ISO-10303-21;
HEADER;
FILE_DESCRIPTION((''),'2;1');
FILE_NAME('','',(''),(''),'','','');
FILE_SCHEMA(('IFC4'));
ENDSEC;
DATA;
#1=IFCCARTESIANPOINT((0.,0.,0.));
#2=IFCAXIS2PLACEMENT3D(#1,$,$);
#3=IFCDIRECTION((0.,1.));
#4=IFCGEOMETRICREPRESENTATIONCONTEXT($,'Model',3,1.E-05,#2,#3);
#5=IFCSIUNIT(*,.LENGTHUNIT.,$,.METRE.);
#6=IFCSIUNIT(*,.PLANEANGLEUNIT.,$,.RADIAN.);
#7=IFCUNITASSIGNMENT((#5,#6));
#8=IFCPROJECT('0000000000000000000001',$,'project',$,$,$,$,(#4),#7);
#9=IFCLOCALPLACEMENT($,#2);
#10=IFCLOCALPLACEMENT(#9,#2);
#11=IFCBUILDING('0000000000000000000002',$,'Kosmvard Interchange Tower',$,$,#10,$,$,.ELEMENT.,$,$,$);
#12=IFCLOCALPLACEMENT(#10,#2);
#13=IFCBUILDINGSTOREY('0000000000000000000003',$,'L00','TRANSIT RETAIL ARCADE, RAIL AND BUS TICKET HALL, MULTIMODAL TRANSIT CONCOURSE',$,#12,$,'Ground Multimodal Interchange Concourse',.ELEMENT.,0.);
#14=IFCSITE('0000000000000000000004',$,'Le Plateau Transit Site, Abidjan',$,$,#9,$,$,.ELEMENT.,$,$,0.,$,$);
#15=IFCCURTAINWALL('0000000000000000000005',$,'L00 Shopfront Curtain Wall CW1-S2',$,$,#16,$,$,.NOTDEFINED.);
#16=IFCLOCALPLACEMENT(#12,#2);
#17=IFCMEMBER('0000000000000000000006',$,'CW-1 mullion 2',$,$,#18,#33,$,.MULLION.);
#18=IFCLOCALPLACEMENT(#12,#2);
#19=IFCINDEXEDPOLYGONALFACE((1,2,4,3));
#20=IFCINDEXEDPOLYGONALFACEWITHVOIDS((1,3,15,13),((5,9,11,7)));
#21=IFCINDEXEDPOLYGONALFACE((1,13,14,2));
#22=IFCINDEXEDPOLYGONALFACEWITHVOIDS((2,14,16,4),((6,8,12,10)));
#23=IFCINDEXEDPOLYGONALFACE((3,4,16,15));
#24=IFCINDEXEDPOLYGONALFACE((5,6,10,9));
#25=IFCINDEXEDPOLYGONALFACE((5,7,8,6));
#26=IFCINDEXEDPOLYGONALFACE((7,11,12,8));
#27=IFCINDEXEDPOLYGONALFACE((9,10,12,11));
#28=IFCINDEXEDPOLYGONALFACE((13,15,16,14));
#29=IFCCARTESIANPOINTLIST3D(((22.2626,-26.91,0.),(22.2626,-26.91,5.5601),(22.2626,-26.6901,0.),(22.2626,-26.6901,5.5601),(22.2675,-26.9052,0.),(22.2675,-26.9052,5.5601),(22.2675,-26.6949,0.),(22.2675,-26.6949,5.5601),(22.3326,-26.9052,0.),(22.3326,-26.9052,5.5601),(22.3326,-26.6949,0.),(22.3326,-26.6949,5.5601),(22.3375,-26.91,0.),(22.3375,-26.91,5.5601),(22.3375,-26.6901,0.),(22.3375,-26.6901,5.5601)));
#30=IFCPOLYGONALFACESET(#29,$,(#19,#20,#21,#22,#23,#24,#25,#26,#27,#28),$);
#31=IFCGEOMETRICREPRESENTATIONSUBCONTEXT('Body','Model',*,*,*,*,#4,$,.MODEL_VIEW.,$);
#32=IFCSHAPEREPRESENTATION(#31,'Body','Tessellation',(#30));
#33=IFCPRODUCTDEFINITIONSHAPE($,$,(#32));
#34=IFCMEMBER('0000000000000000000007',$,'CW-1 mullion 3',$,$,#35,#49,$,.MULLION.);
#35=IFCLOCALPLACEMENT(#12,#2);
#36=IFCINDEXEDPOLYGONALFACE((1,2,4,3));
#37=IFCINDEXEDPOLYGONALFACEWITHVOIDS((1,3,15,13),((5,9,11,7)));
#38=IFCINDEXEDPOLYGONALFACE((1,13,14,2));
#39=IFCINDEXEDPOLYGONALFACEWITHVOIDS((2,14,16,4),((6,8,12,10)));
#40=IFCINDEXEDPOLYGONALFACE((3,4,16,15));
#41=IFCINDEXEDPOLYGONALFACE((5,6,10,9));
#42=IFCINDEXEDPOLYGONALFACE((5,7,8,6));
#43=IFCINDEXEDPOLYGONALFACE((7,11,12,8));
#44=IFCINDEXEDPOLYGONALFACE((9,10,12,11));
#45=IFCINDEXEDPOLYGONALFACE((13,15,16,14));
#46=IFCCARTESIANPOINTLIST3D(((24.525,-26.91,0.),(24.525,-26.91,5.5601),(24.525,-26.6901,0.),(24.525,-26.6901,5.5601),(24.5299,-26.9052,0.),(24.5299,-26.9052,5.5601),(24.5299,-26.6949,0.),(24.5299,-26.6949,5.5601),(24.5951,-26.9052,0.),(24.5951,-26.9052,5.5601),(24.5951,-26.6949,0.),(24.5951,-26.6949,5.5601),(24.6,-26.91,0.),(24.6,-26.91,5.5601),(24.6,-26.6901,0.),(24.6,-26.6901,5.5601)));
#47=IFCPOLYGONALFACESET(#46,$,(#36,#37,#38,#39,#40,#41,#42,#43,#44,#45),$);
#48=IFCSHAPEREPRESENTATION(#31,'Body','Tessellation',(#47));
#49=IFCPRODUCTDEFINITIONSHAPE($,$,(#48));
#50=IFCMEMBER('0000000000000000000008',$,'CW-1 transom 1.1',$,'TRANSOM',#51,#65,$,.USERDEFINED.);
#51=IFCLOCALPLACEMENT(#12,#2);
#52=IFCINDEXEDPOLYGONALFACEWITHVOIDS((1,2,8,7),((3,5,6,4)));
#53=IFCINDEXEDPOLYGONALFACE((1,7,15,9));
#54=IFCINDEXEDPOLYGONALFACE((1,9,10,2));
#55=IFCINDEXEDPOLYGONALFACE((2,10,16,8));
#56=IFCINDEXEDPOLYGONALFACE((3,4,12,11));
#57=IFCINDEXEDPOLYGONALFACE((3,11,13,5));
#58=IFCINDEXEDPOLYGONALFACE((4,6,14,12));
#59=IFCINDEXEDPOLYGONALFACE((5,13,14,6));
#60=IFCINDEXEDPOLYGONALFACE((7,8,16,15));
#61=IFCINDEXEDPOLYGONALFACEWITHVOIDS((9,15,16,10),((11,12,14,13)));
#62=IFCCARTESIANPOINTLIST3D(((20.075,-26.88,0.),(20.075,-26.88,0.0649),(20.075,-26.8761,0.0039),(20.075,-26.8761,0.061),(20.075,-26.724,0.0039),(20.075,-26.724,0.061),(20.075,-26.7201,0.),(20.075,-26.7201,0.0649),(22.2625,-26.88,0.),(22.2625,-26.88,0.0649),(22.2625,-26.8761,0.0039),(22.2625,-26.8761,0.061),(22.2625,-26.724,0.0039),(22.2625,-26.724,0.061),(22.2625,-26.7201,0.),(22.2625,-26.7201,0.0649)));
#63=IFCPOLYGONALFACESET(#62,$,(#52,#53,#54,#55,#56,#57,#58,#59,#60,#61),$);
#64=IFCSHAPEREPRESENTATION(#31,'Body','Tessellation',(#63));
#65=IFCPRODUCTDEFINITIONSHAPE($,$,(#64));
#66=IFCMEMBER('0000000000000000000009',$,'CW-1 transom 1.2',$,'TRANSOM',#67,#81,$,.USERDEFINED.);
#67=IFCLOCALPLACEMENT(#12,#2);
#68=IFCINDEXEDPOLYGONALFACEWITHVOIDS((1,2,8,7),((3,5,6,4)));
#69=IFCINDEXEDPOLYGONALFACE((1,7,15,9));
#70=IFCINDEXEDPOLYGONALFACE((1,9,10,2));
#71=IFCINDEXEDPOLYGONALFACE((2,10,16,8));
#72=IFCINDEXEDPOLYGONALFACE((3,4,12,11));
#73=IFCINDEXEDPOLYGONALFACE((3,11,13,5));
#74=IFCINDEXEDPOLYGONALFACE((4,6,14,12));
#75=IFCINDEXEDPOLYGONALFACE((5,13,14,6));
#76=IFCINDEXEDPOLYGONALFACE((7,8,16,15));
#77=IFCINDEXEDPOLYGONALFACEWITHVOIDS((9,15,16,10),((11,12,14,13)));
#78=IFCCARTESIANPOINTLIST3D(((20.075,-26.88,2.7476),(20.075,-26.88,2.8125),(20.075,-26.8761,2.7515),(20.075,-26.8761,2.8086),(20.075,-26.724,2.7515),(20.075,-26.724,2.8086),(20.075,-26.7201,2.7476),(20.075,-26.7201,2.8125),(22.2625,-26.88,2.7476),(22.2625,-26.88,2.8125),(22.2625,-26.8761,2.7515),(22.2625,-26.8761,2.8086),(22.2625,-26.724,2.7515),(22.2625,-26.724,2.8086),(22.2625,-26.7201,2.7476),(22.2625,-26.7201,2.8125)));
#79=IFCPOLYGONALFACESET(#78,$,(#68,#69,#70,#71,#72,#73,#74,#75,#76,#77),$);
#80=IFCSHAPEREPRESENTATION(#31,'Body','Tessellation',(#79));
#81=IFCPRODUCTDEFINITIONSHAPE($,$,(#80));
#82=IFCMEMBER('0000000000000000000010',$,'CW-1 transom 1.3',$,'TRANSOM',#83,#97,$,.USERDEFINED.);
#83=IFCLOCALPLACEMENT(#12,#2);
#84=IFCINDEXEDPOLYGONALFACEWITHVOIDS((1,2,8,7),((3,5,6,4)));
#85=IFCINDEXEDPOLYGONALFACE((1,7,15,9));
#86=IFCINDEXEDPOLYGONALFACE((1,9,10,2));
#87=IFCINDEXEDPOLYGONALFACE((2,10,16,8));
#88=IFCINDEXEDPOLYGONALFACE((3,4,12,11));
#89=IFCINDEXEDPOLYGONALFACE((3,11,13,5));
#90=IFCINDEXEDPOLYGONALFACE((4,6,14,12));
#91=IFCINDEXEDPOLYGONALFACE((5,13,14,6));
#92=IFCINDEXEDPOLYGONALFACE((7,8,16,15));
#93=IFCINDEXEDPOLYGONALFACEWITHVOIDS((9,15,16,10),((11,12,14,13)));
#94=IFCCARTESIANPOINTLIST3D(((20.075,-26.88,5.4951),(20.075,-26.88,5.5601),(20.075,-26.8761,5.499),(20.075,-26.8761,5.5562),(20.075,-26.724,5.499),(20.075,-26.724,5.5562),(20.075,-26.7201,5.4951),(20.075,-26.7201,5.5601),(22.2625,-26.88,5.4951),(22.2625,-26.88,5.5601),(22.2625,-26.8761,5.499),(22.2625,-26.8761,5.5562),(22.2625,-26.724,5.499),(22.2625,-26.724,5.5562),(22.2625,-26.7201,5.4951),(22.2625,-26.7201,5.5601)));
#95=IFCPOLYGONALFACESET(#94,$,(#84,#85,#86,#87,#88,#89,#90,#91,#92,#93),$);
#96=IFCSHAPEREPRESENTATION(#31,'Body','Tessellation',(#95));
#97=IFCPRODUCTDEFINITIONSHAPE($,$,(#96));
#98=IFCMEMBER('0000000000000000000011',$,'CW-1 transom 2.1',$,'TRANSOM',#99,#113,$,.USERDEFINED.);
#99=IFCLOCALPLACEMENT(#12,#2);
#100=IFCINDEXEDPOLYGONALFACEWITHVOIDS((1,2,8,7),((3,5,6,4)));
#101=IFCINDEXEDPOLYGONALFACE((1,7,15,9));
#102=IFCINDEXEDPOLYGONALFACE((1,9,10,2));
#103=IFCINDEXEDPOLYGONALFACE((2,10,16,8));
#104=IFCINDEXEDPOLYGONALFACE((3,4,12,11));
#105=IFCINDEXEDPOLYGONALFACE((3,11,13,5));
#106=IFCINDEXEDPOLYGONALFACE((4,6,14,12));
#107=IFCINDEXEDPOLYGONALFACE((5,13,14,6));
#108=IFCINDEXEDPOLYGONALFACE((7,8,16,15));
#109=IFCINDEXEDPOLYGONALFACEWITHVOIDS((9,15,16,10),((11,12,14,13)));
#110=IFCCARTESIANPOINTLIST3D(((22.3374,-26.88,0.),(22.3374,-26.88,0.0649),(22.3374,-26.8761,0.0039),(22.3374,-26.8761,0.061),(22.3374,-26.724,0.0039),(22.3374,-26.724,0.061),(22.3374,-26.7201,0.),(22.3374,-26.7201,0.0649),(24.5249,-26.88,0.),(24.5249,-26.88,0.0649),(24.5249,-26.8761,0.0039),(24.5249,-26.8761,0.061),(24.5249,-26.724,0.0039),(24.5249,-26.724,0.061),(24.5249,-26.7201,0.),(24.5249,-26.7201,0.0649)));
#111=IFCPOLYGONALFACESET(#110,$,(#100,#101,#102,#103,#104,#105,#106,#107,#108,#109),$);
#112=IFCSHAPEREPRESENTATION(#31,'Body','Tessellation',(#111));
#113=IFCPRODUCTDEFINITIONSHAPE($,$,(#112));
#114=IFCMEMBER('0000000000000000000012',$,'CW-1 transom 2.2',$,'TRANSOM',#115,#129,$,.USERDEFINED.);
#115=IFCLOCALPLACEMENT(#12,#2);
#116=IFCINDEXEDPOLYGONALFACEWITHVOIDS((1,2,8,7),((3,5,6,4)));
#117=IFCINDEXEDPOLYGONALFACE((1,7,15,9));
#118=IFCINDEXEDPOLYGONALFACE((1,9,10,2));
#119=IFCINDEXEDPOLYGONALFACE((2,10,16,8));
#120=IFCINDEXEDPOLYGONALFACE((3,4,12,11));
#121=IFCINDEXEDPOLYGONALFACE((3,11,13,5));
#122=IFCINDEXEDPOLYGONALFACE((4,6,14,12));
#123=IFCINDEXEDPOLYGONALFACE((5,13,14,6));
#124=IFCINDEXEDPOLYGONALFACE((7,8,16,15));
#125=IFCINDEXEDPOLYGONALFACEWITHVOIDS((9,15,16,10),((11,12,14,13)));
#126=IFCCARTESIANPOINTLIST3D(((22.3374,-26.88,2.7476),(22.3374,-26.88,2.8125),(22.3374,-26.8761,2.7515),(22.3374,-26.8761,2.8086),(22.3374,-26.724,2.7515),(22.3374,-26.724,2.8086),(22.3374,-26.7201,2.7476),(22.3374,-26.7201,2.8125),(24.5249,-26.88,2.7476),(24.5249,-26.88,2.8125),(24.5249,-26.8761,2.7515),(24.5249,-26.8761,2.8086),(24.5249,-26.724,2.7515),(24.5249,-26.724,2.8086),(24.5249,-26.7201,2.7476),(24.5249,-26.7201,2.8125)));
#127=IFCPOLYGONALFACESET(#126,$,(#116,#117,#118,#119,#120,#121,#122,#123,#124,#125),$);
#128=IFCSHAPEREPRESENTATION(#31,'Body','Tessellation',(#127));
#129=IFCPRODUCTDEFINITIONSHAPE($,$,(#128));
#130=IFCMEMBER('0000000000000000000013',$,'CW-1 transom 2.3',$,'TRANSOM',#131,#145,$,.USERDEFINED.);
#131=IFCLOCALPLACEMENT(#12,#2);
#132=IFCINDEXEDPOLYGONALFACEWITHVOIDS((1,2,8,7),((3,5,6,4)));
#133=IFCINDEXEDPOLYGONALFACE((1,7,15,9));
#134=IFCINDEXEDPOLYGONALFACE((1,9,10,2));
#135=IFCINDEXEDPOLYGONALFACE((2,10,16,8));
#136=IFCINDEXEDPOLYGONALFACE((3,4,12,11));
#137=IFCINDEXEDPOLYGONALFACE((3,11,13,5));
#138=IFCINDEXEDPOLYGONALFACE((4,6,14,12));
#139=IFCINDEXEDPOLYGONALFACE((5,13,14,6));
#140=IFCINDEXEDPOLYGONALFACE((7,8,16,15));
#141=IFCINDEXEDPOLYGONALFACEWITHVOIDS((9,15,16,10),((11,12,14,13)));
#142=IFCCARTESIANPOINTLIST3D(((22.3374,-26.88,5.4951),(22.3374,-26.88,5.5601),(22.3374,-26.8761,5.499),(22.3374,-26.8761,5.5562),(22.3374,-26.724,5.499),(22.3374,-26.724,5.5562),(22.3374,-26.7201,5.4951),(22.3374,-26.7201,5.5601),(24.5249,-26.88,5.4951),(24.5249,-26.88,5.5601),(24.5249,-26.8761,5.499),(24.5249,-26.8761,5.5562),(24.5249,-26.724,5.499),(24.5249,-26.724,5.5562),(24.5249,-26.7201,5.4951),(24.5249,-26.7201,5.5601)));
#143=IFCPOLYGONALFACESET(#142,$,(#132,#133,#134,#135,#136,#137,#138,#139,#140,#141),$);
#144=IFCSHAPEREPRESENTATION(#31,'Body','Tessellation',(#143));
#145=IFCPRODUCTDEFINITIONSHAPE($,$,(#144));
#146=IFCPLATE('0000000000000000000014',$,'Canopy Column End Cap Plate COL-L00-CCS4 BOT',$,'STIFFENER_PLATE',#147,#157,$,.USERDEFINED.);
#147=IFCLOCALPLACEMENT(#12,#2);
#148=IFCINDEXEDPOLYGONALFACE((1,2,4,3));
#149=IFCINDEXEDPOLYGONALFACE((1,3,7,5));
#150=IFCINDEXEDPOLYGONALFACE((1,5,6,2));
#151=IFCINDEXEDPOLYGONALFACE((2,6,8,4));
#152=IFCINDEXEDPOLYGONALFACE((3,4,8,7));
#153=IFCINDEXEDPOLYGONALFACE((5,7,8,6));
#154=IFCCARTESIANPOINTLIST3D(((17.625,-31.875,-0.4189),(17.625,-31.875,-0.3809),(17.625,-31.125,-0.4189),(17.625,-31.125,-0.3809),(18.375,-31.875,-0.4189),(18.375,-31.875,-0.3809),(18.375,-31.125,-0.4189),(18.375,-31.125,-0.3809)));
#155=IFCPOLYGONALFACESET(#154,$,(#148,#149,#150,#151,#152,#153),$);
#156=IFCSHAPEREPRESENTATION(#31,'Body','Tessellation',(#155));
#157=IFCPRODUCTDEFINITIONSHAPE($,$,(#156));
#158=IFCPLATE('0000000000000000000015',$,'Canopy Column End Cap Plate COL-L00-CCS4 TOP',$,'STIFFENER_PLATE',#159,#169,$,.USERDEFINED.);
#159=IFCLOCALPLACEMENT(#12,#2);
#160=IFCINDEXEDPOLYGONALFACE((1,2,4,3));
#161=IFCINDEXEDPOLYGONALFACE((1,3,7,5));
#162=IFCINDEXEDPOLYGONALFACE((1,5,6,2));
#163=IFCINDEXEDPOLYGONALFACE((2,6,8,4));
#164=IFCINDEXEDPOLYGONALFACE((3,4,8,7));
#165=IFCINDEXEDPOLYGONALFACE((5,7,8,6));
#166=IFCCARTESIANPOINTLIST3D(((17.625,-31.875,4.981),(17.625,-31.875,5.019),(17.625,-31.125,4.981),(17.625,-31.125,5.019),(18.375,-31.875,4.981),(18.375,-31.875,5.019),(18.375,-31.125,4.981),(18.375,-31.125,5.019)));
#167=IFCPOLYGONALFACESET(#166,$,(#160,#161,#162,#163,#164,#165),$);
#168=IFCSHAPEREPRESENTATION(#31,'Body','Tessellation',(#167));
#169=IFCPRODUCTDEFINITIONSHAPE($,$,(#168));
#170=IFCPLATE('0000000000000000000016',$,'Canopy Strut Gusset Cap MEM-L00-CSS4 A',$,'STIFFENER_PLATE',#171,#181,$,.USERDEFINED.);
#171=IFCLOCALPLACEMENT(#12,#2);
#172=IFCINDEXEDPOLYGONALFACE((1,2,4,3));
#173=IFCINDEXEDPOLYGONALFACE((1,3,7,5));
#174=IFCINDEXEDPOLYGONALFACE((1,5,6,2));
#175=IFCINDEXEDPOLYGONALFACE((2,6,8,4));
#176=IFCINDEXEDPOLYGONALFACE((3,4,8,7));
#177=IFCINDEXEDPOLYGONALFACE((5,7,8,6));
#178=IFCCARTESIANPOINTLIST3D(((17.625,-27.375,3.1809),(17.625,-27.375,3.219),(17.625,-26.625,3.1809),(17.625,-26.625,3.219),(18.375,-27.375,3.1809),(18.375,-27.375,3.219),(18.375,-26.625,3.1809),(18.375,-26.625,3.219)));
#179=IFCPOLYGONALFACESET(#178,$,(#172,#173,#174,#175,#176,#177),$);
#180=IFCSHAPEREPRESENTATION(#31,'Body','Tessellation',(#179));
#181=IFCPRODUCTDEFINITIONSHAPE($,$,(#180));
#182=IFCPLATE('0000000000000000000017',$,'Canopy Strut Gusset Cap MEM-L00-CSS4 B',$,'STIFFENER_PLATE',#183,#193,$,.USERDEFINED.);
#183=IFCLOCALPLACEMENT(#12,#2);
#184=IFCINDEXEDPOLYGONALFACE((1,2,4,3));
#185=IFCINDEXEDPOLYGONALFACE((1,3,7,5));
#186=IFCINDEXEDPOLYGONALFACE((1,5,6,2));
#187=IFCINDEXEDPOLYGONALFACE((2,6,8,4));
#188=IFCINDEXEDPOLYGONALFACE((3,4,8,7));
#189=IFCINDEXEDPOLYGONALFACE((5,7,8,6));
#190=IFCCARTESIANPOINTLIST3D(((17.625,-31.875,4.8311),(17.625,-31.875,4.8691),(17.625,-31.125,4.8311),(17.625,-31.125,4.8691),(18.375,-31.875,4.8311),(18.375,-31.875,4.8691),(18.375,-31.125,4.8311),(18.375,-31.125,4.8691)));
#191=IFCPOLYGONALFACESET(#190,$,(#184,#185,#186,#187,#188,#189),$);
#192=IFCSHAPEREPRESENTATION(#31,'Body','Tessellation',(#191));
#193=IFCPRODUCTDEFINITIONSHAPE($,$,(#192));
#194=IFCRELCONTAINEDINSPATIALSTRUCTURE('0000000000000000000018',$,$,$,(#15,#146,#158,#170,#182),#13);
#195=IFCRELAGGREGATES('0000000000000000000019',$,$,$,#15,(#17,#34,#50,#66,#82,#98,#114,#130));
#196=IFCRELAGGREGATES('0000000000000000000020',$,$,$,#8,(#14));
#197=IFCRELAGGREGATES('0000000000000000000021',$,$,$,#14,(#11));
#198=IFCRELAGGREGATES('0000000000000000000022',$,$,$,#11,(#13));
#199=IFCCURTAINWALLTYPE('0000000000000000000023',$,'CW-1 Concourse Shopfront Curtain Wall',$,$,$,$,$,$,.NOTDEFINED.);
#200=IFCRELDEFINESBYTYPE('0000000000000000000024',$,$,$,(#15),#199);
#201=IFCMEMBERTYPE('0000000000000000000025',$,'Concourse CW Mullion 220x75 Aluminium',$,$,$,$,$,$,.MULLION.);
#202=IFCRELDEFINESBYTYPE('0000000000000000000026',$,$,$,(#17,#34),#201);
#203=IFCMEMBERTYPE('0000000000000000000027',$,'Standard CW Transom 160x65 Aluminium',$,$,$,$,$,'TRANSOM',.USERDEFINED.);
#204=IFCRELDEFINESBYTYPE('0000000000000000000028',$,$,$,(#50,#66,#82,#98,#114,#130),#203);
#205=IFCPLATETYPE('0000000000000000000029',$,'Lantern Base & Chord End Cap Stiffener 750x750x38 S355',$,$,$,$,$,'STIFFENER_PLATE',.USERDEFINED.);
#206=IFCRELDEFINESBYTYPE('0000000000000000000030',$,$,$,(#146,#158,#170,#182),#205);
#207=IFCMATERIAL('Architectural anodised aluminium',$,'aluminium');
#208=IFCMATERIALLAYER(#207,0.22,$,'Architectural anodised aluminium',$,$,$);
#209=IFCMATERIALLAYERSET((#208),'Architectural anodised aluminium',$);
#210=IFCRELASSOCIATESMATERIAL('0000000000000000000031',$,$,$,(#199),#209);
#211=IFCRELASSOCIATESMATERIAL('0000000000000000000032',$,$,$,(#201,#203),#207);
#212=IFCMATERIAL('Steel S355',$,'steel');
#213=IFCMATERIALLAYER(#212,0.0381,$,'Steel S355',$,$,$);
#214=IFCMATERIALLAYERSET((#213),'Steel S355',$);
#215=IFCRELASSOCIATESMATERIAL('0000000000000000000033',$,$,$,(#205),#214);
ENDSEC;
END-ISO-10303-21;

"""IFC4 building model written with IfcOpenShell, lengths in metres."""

from ifc_helpers import new_model, si_unit, direction, frame, origin, origin_2d, place, context, subcontext, project, spatial, rectangle, hollow_rectangle, extrude, source, transform, mapped, material, layer, layer_set, material_profile, profile_set, type_object, element, aggregate, save


model = new_model("IFC4")

# Units and contexts
model_context = context("Model", 3, precision=1e-05, world=origin(), true_north=direction((0.0, 1.0)))
body_context = subcontext(model_context, "Body", "Model", "MODEL_VIEW")
ifc_project = project(units=[si_unit("LENGTHUNIT", "METRE"), si_unit("PLANEANGLEUNIT", "RADIAN")], contexts=[model_context])

# Site, building, storey
site_placement = place(None, origin())
site = spatial("IfcSite", under=ifc_project, at=site_placement, Name="Le Plateau Transit Site, Abidjan", CompositionType="ELEMENT", RefElevation=0.0)
building_placement = place(site_placement, origin())
building = spatial("IfcBuilding", under=site, at=building_placement, Name="Kosmvard Interchange Tower", CompositionType="ELEMENT")
storey_placement = place(building_placement, origin())
storey = spatial("IfcBuildingStorey", under=building, at=storey_placement, Name="L00", Description="TRANSIT RETAIL ARCADE, RAIL AND BUS TICKET HALL, MULTIMODAL TRANSIT CONCOURSE", LongName="Ground Multimodal Interchange Concourse", CompositionType="ELEMENT", Elevation=0.0)

# Shared definitions
ifc_material_1 = material(Name="Steel S355", Category="steel")

# Curtain wall, members
ifc_material_2 = material(Name="Architectural anodised aluminium", Category="aluminium")
ifc_layer_1 = layer(ifc_material_2, 0.22, Name="Architectural anodised aluminium")
ifc_layer_set_1 = layer_set([ifc_layer_1], Name="Architectural anodised aluminium")
curtain_wall_type = type_object("IfcCurtainWallType", Name="CW-1 Concourse Shopfront Curtain Wall", PredefinedType="NOTDEFINED", material=ifc_layer_set_1)
curtain_wall_placement = place(storey_placement, origin())
curtain_wall = element("IfcCurtainWall", 1, at=curtain_wall_placement, inside=storey, type_object=curtain_wall_type, Name="L00 Shopfront Curtain Wall CW1-S2", PredefinedType="NOTDEFINED")
ifc_material_profile_1 = material_profile(ifc_material_2, hollow_rectangle(XDim=0.22, YDim=0.075, WallThickness=0.0049, at=origin_2d()), Name="CWM 220x75x5")
ifc_profile_set_1 = profile_set([ifc_material_profile_1], Name="Architectural anodised aluminium")
member_type_1 = type_object("IfcMemberType", Name="Concourse CW Mullion 220x75 Aluminium", PredefinedType="MULLION", material=ifc_profile_set_1)
shared_shape_1 = source(origin(), body_context, "Body", "SweptSolid", [
    extrude(hollow_rectangle(XDim=0.22, YDim=0.075, WallThickness=0.0049, at=origin_2d()), origin(), (0.0, 0.0, 1.0), 5.5601),
])
member_1_placement = place(storey_placement, frame((22.3, -26.8, 0.0), z_axis=(0.0, 0.0, 1.0), x_axis=(0.0, 1.0, 0.0)))
member_1 = element("IfcMember", 2, at=member_1_placement, type_object=member_type_1, Name="CW-1 mullion 2", PredefinedType="MULLION", context=body_context, shape_type="MappedRepresentation", body=[
    mapped(shared_shape_1, transform((0.0, 0.0, 0.0), scale=1.0)),
])
member_2_placement = place(storey_placement, frame((24.5625, -26.8, 0.0), z_axis=(0.0, 0.0, 1.0), x_axis=(0.0, 1.0, 0.0)))
member_2 = element("IfcMember", 3, at=member_2_placement, type_object=member_type_1, Name="CW-1 mullion 3", PredefinedType="MULLION", context=body_context, shape_type="MappedRepresentation", body=[
    mapped(shared_shape_1, transform((0.0, 0.0, 0.0), scale=1.0)),
])
ifc_material_profile_2 = material_profile(ifc_material_2, hollow_rectangle(XDim=0.1599, YDim=0.0649, WallThickness=0.0039, at=origin_2d()), Name="CWT 160x65x4")
ifc_profile_set_2 = profile_set([ifc_material_profile_2], Name="Architectural anodised aluminium")
member_type_2 = type_object("IfcMemberType", Name="Standard CW Transom 160x65 Aluminium", ElementType="TRANSOM", PredefinedType="USERDEFINED", material=ifc_profile_set_2)
shared_shape_2 = source(origin(), body_context, "Body", "SweptSolid", [
    extrude(hollow_rectangle(XDim=0.1599, YDim=0.0649, WallThickness=0.0039, at=origin_2d()), origin(), (0.0, 0.0, 1.0), 2.1875),
])
member_3_placement = place(storey_placement, frame((20.075, -26.8, 0.0325), z_axis=(1.0, 0.0, 0.0), x_axis=(0.0, 1.0, 0.0)))
member_3 = element("IfcMember", 4, at=member_3_placement, type_object=member_type_2, Name="CW-1 transom 1.1", ObjectType="TRANSOM", PredefinedType="USERDEFINED", context=body_context, shape_type="MappedRepresentation", body=[
    mapped(shared_shape_2, transform((0.0, 0.0, 0.0), scale=1.0)),
])
member_4_placement = place(storey_placement, frame((20.075, -26.8, 2.78), z_axis=(1.0, 0.0, 0.0), x_axis=(0.0, 1.0, 0.0)))
member_4 = element("IfcMember", 5, at=member_4_placement, type_object=member_type_2, Name="CW-1 transom 1.2", ObjectType="TRANSOM", PredefinedType="USERDEFINED", context=body_context, shape_type="MappedRepresentation", body=[
    mapped(shared_shape_2, transform((0.0, 0.0, 0.0), scale=1.0)),
])
member_5_placement = place(storey_placement, frame((20.075, -26.8, 5.5276), z_axis=(1.0, 0.0, 0.0), x_axis=(0.0, 1.0, 0.0)))
member_5 = element("IfcMember", 6, at=member_5_placement, type_object=member_type_2, Name="CW-1 transom 1.3", ObjectType="TRANSOM", PredefinedType="USERDEFINED", context=body_context, shape_type="MappedRepresentation", body=[
    mapped(shared_shape_2, transform((0.0, 0.0, 0.0), scale=1.0)),
])
member_6_placement = place(storey_placement, frame((22.3374, -26.8, 0.0325), z_axis=(1.0, 0.0, 0.0), x_axis=(0.0, 1.0, 0.0)))
member_6 = element("IfcMember", 7, at=member_6_placement, type_object=member_type_2, Name="CW-1 transom 2.1", ObjectType="TRANSOM", PredefinedType="USERDEFINED", context=body_context, shape_type="MappedRepresentation", body=[
    mapped(shared_shape_2, transform((0.0, 0.0, 0.0), scale=1.0)),
])
member_7_placement = place(storey_placement, frame((22.3374, -26.8, 2.78), z_axis=(1.0, 0.0, 0.0), x_axis=(0.0, 1.0, 0.0)))
member_7 = element("IfcMember", 8, at=member_7_placement, type_object=member_type_2, Name="CW-1 transom 2.2", ObjectType="TRANSOM", PredefinedType="USERDEFINED", context=body_context, shape_type="MappedRepresentation", body=[
    mapped(shared_shape_2, transform((0.0, 0.0, 0.0), scale=1.0)),
])
member_8_placement = place(storey_placement, frame((22.3374, -26.8, 5.5276), z_axis=(1.0, 0.0, 0.0), x_axis=(0.0, 1.0, 0.0)))
member_8 = element("IfcMember", 9, at=member_8_placement, type_object=member_type_2, Name="CW-1 transom 2.3", ObjectType="TRANSOM", PredefinedType="USERDEFINED", context=body_context, shape_type="MappedRepresentation", body=[
    mapped(shared_shape_2, transform((0.0, 0.0, 0.0), scale=1.0)),
])

# Plates
ifc_layer_2 = layer(ifc_material_1, 0.0381, Name="Steel S355")
ifc_layer_set_2 = layer_set([ifc_layer_2], Name="Steel S355")
plate_type_1 = type_object("IfcPlateType", Name="Lantern Base & Chord End Cap Stiffener 750x750x38 S355", ElementType="STIFFENER_PLATE", PredefinedType="USERDEFINED", material=ifc_layer_set_2)
shared_shape_3 = source(origin(), body_context, "Body", "SweptSolid", [
    extrude(rectangle(XDim=0.75, YDim=0.75, at=origin_2d()), origin(), (0.0, 0.0, 1.0), 0.0381),
])
for number, where, z_axis, x_axis, name in (
    (10, (18.0, -31.5, -0.4189), (0.0, 0.0, 1.0), (1.0, 0.0, 0.0), "Canopy Column End Cap Plate COL-L00-CCS4 BOT"),
    (11, (18.0, -31.5, 4.981), (0.0, 0.0, 1.0), (1.0, 0.0, 0.0), "Canopy Column End Cap Plate COL-L00-CCS4 TOP"),
    (12, (18.0, -27.0, 3.1809), (0.0, 0.0, 1.0), (1.0, 0.0, 0.0), "Canopy Strut Gusset Cap MEM-L00-CSS4 A"),
    (13, (18.0, -31.5, 4.8311), (0.0, 0.0, 1.0), (1.0, 0.0, 0.0), "Canopy Strut Gusset Cap MEM-L00-CSS4 B"),
):
    element("IfcPlate", number, at=place(storey_placement, frame(where, z_axis=z_axis, x_axis=x_axis)), inside=storey, type_object=plate_type_1, Name=name, ObjectType="STIFFENER_PLATE", PredefinedType="USERDEFINED", context=body_context, shape_type="MappedRepresentation", body=[
        mapped(shared_shape_3, transform((0.0, 0.0, 0.0), scale=1.0)),
    ])

aggregate(curtain_wall, [member_1, member_2, member_3, member_4, member_5, member_6, member_7, member_8])

save(model, "model.ifc")
